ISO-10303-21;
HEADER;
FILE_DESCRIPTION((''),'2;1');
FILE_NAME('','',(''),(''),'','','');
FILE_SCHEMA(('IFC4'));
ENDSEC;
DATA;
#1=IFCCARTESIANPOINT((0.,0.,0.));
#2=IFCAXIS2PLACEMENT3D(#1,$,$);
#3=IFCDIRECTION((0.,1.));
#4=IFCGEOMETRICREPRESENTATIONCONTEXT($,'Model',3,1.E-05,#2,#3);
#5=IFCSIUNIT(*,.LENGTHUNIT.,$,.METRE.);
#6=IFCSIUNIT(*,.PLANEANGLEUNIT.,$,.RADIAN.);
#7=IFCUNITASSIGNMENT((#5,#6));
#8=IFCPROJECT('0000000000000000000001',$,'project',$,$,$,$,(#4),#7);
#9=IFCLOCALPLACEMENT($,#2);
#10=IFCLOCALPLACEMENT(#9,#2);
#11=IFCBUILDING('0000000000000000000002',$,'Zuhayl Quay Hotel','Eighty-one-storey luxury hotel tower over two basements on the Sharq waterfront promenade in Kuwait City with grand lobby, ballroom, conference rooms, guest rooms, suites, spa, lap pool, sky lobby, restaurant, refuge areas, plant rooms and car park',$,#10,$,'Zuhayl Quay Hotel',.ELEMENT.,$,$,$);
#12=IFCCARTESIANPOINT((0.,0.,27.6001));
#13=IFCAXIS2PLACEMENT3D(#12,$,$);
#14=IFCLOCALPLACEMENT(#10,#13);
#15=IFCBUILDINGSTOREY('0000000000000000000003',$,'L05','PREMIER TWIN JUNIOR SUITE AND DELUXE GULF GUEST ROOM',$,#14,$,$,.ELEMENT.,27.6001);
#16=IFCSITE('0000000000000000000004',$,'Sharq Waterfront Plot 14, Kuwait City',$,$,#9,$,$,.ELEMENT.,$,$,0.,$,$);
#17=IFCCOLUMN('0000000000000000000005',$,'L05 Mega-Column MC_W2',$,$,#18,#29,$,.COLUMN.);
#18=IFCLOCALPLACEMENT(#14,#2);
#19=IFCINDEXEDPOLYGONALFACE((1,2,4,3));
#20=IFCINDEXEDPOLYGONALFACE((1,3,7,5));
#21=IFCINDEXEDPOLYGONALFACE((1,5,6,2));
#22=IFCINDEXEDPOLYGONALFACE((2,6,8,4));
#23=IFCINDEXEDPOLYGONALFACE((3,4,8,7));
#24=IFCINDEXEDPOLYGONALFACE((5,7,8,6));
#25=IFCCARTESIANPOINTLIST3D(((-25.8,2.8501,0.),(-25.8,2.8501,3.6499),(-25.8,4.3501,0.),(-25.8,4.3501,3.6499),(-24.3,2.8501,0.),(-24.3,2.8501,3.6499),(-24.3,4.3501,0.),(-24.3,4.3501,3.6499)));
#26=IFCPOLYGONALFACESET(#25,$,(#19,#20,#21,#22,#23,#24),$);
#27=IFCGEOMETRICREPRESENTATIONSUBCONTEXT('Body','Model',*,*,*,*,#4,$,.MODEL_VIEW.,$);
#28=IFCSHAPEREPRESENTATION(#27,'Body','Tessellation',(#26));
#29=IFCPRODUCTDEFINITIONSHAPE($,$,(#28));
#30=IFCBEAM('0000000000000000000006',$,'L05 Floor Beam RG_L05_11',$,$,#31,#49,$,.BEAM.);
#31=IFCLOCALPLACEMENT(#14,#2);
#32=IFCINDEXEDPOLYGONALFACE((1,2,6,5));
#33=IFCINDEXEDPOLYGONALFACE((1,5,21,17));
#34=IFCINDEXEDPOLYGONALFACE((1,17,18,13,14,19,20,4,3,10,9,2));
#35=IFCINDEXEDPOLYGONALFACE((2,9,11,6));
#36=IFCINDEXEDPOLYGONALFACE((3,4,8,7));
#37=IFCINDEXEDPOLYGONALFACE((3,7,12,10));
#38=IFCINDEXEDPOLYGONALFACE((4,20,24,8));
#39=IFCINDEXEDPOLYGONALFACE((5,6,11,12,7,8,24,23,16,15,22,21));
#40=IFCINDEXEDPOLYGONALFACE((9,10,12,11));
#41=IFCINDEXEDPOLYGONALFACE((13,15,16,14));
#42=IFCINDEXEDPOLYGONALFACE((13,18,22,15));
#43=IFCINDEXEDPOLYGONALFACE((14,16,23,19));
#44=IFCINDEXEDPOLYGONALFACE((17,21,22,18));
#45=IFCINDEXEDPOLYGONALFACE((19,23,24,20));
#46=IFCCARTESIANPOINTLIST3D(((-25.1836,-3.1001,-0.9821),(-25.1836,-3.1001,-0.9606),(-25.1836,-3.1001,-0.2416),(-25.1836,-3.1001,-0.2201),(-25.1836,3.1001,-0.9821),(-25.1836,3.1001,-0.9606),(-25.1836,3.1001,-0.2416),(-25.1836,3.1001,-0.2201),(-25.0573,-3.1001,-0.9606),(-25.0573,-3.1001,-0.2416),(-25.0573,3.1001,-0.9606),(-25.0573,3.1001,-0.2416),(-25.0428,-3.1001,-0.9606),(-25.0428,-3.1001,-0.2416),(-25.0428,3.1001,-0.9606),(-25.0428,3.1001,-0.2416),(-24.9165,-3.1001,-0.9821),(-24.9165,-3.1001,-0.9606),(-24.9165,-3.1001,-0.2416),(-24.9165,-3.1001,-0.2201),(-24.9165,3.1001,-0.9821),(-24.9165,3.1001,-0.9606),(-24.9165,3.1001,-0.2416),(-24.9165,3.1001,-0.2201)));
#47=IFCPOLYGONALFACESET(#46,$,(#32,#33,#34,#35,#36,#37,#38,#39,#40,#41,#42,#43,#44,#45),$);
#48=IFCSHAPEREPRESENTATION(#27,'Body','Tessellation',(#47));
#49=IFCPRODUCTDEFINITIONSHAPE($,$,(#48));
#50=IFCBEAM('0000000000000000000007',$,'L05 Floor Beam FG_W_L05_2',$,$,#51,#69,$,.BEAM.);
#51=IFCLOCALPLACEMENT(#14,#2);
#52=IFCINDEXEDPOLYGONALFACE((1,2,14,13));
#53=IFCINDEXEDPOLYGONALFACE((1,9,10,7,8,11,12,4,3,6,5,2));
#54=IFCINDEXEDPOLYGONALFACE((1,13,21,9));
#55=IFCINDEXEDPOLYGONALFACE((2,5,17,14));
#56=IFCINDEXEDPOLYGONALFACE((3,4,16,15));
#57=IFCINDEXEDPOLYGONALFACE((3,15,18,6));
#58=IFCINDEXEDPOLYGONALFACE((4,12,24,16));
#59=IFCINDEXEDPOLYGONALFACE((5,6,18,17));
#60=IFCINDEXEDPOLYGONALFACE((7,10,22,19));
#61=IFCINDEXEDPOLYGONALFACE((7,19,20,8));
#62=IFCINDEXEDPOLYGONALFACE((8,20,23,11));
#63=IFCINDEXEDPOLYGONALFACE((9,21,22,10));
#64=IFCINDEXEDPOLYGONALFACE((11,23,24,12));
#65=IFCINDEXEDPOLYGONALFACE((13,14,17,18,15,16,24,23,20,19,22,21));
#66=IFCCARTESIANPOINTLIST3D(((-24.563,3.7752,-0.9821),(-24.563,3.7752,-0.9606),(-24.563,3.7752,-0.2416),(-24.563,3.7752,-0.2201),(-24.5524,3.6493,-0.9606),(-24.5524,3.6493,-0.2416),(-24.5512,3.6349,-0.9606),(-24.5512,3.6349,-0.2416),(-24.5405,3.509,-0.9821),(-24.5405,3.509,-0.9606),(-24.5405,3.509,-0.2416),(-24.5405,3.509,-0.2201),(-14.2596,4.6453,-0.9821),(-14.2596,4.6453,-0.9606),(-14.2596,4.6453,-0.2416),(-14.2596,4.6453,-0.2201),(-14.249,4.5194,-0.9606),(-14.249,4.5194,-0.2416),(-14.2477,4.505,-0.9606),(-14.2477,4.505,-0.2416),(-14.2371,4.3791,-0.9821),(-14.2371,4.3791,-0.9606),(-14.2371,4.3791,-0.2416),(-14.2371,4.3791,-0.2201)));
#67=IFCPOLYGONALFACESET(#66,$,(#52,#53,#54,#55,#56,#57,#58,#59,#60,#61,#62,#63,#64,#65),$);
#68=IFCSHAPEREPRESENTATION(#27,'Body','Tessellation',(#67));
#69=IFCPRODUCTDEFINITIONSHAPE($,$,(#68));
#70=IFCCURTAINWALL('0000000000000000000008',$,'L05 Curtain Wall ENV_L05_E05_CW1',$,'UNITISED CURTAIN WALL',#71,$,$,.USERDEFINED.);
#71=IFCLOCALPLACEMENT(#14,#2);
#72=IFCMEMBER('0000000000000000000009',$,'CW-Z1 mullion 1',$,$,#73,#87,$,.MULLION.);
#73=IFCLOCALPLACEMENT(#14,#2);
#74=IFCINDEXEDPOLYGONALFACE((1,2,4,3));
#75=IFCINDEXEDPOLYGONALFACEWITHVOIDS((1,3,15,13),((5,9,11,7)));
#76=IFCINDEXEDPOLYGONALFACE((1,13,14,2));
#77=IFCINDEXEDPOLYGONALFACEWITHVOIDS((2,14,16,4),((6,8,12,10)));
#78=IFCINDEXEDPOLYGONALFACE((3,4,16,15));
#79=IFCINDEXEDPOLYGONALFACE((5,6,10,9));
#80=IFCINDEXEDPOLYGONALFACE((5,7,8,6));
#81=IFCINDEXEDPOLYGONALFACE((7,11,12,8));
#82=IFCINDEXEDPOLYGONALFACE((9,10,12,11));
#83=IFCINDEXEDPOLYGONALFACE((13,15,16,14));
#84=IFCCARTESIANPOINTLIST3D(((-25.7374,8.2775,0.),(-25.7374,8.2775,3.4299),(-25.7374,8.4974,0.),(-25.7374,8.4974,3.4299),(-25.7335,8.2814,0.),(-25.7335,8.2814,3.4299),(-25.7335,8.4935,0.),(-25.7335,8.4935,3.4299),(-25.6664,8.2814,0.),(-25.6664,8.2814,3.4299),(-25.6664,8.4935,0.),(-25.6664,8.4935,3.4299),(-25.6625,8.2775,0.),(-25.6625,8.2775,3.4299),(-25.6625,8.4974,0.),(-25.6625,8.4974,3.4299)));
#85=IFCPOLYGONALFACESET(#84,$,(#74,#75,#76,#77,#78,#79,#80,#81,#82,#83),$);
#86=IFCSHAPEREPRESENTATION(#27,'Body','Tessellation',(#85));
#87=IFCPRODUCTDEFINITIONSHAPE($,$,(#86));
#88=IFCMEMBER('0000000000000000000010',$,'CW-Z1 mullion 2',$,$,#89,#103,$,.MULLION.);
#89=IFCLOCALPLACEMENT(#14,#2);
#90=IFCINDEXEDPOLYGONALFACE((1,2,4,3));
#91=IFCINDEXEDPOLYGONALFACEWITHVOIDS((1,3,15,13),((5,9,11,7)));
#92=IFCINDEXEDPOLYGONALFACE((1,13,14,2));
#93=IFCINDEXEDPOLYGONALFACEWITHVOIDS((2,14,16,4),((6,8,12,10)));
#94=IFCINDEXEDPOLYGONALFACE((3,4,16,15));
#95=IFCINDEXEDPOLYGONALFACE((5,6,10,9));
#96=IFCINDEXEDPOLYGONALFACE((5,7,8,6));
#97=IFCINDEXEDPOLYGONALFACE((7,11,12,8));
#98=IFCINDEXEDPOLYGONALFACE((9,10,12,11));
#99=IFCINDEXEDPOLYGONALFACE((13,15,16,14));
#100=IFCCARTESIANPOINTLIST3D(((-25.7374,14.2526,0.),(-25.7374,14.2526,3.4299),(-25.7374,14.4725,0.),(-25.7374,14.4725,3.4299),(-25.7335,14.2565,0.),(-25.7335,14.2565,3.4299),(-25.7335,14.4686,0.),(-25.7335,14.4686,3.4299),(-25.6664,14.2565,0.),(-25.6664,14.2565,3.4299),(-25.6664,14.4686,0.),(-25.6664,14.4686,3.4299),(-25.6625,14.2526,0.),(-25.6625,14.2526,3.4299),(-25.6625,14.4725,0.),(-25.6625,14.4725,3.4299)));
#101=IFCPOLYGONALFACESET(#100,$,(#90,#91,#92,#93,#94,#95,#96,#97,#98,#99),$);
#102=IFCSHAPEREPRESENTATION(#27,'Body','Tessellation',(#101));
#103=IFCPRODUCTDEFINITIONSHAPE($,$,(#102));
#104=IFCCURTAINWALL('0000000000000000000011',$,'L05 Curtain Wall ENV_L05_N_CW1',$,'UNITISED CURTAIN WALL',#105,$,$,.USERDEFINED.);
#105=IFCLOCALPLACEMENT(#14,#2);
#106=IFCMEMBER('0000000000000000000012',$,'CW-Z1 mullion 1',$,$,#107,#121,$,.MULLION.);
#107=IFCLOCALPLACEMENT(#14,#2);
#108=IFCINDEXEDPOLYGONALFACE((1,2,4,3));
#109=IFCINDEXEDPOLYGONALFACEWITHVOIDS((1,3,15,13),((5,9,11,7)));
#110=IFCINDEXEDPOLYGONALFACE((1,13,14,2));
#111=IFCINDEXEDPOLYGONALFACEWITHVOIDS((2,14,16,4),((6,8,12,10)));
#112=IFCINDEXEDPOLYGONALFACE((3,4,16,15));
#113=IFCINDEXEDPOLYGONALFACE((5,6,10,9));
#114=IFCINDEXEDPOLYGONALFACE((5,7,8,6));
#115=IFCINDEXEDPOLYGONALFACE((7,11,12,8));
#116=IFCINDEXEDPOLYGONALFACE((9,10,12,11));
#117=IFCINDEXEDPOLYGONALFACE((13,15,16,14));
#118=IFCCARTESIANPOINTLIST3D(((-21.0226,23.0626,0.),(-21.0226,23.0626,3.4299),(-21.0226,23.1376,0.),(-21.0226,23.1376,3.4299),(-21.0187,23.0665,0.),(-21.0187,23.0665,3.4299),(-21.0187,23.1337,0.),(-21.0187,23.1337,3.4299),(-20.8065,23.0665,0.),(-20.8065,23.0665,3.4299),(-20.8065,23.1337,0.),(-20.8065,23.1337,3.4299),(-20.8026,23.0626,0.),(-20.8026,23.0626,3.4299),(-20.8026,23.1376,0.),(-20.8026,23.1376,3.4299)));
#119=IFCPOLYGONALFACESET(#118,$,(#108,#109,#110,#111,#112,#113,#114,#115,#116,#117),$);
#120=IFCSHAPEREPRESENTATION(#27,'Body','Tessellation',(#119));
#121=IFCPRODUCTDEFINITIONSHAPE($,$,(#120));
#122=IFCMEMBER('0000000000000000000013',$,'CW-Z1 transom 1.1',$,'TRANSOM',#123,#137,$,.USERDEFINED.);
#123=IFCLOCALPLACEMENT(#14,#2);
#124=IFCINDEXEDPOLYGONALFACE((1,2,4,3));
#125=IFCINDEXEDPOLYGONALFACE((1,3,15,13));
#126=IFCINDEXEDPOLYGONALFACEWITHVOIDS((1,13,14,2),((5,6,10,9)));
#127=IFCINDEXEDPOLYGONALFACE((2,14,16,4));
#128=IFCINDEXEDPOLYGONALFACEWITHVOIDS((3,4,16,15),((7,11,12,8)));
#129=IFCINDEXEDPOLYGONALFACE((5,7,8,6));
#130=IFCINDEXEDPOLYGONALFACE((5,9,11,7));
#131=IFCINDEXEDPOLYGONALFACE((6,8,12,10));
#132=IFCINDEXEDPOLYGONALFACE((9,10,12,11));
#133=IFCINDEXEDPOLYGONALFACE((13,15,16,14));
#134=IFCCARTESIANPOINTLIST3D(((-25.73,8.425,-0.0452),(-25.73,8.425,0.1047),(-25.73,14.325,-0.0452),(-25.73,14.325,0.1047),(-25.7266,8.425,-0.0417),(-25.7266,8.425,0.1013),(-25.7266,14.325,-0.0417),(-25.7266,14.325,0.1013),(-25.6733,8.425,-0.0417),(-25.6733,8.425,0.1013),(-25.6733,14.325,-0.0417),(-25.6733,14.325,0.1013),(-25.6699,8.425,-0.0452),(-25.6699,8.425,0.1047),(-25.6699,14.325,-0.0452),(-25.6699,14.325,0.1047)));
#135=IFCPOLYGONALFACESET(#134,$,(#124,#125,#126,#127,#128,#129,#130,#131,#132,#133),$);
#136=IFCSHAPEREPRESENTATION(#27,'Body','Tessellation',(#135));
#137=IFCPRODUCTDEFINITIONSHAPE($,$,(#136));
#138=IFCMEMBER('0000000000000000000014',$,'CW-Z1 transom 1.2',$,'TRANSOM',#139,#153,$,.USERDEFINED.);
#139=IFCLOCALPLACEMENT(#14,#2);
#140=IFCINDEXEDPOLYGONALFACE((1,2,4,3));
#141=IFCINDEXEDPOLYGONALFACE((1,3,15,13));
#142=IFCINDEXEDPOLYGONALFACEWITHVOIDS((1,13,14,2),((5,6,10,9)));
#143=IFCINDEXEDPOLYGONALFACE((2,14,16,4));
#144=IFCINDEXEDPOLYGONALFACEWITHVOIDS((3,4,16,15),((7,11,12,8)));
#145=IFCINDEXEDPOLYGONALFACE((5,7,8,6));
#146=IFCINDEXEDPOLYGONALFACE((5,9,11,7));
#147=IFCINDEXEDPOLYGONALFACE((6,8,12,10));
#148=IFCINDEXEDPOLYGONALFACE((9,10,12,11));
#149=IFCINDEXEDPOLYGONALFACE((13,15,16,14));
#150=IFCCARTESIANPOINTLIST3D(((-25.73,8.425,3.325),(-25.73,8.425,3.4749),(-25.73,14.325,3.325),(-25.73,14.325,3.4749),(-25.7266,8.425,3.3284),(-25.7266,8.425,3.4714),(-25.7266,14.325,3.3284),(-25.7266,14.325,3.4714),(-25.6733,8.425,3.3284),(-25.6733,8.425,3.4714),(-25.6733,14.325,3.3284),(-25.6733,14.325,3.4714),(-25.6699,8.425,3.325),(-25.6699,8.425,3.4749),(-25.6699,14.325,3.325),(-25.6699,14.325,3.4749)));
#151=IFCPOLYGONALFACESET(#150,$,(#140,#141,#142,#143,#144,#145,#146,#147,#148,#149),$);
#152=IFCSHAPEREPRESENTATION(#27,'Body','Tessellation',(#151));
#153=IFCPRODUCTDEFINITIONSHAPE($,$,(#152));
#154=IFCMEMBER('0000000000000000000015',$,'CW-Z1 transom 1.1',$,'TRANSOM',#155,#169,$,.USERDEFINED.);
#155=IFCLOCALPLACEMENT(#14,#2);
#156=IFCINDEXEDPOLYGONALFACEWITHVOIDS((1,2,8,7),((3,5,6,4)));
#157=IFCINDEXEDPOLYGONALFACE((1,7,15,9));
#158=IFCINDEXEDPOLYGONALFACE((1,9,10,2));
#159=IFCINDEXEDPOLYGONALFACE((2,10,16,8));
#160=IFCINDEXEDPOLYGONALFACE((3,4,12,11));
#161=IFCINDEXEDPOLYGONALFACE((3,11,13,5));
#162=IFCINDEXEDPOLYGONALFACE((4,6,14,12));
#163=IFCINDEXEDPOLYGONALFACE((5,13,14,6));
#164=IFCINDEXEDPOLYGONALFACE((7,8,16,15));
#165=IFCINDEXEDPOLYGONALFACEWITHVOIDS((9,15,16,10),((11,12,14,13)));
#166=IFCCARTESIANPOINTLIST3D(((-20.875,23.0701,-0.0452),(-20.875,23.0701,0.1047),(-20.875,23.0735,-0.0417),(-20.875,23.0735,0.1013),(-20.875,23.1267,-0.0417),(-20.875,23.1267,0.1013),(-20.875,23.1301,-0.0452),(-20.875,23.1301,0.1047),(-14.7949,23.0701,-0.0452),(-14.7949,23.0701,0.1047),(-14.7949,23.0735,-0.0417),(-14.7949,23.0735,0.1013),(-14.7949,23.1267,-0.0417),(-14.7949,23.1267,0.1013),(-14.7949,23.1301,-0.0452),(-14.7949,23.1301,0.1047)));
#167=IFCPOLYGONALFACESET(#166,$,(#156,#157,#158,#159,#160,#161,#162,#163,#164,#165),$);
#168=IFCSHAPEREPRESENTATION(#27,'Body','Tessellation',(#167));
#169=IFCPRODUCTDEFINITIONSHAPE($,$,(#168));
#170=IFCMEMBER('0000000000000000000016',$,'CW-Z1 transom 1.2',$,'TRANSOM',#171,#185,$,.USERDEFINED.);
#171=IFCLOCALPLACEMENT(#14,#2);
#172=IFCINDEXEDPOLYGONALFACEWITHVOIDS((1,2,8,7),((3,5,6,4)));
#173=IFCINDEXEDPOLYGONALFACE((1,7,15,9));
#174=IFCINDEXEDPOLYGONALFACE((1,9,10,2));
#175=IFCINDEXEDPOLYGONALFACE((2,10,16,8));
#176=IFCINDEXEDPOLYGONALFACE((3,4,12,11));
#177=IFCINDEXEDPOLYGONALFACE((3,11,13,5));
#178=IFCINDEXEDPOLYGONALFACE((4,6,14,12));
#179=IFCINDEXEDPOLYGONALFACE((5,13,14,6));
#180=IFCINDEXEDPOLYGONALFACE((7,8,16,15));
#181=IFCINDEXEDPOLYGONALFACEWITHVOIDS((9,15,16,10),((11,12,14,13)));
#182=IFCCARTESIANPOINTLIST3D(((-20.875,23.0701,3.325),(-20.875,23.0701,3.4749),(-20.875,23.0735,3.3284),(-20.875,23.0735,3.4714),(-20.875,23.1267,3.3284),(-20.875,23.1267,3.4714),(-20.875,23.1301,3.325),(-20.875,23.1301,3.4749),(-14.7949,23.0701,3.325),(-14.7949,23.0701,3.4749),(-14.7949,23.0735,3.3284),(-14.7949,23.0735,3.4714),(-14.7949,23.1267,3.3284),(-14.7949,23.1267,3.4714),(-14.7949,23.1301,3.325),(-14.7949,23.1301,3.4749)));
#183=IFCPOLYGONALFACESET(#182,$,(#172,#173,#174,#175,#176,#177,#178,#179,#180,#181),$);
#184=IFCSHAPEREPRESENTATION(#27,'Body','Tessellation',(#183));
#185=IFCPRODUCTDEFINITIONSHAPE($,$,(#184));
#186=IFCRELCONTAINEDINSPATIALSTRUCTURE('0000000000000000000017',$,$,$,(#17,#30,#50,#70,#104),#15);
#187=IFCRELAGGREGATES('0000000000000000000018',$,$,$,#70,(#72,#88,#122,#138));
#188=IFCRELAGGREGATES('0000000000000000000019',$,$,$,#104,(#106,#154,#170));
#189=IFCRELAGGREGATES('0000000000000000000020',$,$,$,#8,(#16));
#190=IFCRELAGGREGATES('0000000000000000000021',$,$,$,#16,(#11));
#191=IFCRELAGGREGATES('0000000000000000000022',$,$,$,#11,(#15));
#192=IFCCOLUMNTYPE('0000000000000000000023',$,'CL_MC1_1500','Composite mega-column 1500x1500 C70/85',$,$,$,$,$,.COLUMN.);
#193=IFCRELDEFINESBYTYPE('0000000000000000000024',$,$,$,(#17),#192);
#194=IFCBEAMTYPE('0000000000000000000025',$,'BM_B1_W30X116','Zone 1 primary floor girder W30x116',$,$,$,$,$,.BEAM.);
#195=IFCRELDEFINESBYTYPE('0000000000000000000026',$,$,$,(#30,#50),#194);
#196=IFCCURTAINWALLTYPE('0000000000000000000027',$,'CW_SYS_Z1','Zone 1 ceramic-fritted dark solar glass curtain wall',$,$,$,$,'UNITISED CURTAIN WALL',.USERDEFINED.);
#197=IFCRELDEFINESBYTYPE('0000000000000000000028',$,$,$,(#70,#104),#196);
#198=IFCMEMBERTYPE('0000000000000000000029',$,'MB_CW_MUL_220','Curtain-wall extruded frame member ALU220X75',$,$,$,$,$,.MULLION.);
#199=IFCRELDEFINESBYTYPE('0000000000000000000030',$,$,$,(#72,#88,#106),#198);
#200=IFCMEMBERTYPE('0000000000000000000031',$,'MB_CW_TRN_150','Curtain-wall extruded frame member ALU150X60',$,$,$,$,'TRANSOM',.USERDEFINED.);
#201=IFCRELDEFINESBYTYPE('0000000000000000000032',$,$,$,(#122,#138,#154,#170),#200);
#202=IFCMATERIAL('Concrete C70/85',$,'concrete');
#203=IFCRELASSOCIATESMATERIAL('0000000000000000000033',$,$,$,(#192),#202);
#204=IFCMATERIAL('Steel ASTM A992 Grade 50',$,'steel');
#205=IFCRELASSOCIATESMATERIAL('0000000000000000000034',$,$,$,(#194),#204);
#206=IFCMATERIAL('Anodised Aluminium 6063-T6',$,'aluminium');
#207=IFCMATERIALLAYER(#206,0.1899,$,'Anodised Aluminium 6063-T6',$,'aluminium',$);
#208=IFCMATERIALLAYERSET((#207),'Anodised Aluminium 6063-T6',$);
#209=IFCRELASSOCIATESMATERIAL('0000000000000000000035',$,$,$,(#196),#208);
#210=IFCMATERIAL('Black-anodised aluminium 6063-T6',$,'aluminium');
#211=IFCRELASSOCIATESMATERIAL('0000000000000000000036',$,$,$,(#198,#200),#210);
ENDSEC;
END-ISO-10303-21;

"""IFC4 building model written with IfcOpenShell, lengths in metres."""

from ifc_helpers import new_model, si_unit, direction, frame, origin, origin_2d, place, context, subcontext, project, spatial, rectangle, hollow_rectangle, i_section, extrude, material, layer, layer_set, material_profile, profile_set, type_object, element, aggregate, save


model = new_model("IFC4")

# Units and contexts
model_context = context("Model", 3, precision=1e-05, world=origin(), true_north=direction((0.0, 1.0)))
body_context = subcontext(model_context, "Body", "Model", "MODEL_VIEW")
ifc_project = project(units=[si_unit("LENGTHUNIT", "METRE"), si_unit("PLANEANGLEUNIT", "RADIAN")], contexts=[model_context])

# Site, building, storey
site_placement = place(None, origin())
site = spatial("IfcSite", under=ifc_project, at=site_placement, Name="Sharq Waterfront Plot 14, Kuwait City", CompositionType="ELEMENT", RefElevation=0.0)
building_placement = place(site_placement, origin())
building = spatial("IfcBuilding", under=site, at=building_placement, Name="Zuhayl Quay Hotel", Description="Eighty-one-storey luxury hotel tower over two basements on the Sharq waterfront promenade in Kuwait City with grand lobby, ballroom, conference rooms, guest rooms, suites, spa, lap pool, sky lobby, restaurant, refuge areas, plant rooms and car park", LongName="Zuhayl Quay Hotel", CompositionType="ELEMENT")
storey_placement = place(building_placement, frame((0.0, 0.0, 27.6001)))
storey = spatial("IfcBuildingStorey", under=building, at=storey_placement, Name="L05", Description="PREMIER TWIN JUNIOR SUITE AND DELUXE GULF GUEST ROOM", CompositionType="ELEMENT", Elevation=27.6001)

# Column
ifc_material_1 = material(Name="Concrete C70/85", Category="concrete")
ifc_material_profile_1 = material_profile(ifc_material_1, rectangle(XDim=1.5, YDim=1.5, at=origin_2d()), Name="RC1500X1500")
ifc_profile_set_1 = profile_set([ifc_material_profile_1], Name="Concrete C70/85")
column_type = type_object("IfcColumnType", Name="CL_MC1_1500", Description="Composite mega-column 1500x1500 C70/85", PredefinedType="COLUMN", material=ifc_profile_set_1)
column_placement = place(storey_placement, frame((-25.05, 3.6001, 0.0), z_axis=(0.0, 0.0, 1.0), x_axis=(1.0, 0.0, 0.0)))
element("IfcColumn", 1, at=column_placement, inside=storey, type_object=column_type, Name="L05 Mega-Column MC_W2", PredefinedType="COLUMN", context=body_context, shape_type="SweptSolid", body=[
    extrude(rectangle(XDim=1.5, YDim=1.5, at=origin_2d()), origin(), (0.0, 0.0, 1.0), 3.6499),
])

# Beams
ifc_material_2 = material(Name="Steel ASTM A992 Grade 50", Category="steel")
ifc_material_profile_2 = material_profile(ifc_material_2, i_section(OverallWidth=0.2671, OverallDepth=0.762, WebThickness=0.0144, FlangeThickness=0.0215, at=origin_2d()), Name="W30X116")
ifc_profile_set_2 = profile_set([ifc_material_profile_2], Name="Steel ASTM A992 Grade 50")
beam_type = type_object("IfcBeamType", Name="BM_B1_W30X116", Description="Zone 1 primary floor girder W30x116", PredefinedType="BEAM", material=ifc_profile_set_2)
beam_1_placement = place(storey_placement, frame((-25.05, 3.1001, -0.6011), z_axis=(0.0, -1.0, 0.0), x_axis=(1.0, 0.0, 0.0)))
element("IfcBeam", 2, at=beam_1_placement, inside=storey, type_object=beam_type, Name="L05 Floor Beam RG_L05_11", PredefinedType="BEAM", context=body_context, shape_type="SweptSolid", body=[
    extrude(i_section(OverallWidth=0.2671, OverallDepth=0.762, WebThickness=0.0144, FlangeThickness=0.0215, at=origin_2d()), origin(), (0.0, 0.0, 1.0), 6.2002),
])
beam_2_placement = place(storey_placement, frame((-24.5518, 3.6421, -0.6011), z_axis=(0.996453, 0.084149, 0.0), x_axis=(-0.084149, 0.996453, 0.0)))
element("IfcBeam", 3, at=beam_2_placement, inside=storey, type_object=beam_type, Name="L05 Floor Beam FG_W_L05_2", PredefinedType="BEAM", context=body_context, shape_type="SweptSolid", body=[
    extrude(i_section(OverallWidth=0.2671, OverallDepth=0.762, WebThickness=0.0144, FlangeThickness=0.0215, at=origin_2d()), origin(), (0.0, 0.0, 1.0), 10.3401),
])

# Curtain wall, members
ifc_material_3 = material(Name="Anodised Aluminium 6063-T6", Category="aluminium")
ifc_layer_1 = layer(ifc_material_3, 0.1899, Name="Anodised Aluminium 6063-T6", Category="aluminium")
ifc_layer_set_1 = layer_set([ifc_layer_1], Name="Anodised Aluminium 6063-T6")
curtain_wall_type = type_object("IfcCurtainWallType", Name="CW_SYS_Z1", Description="Zone 1 ceramic-fritted dark solar glass curtain wall", ElementType="UNITISED CURTAIN WALL", PredefinedType="USERDEFINED", material=ifc_layer_set_1)
curtain_wall_1_placement = place(storey_placement, origin())
curtain_wall_1 = element("IfcCurtainWall", 4, at=curtain_wall_1_placement, inside=storey, type_object=curtain_wall_type, Name="L05 Curtain Wall ENV_L05_E05_CW1", ObjectType="UNITISED CURTAIN WALL", PredefinedType="USERDEFINED")
ifc_material_4 = material(Name="Black-anodised aluminium 6063-T6", Category="aluminium")
ifc_material_profile_3 = material_profile(ifc_material_4, hollow_rectangle(XDim=0.075, YDim=0.22, WallThickness=0.0039, at=origin_2d()), Name="ALU220X75")
ifc_profile_set_3 = profile_set([ifc_material_profile_3], Name="Black-anodised aluminium 6063-T6")
member_type_1 = type_object("IfcMemberType", Name="MB_CW_MUL_220", Description="Curtain-wall extruded frame member ALU220X75", PredefinedType="MULLION", material=ifc_profile_set_3)
member_1_placement = place(storey_placement, frame((-25.7, 8.3875, 0.0), z_axis=(0.0, 0.0, 1.0), x_axis=(-1.0, 0.0, 0.0)))
member_1 = element("IfcMember", 5, at=member_1_placement, type_object=member_type_1, Name="CW-Z1 mullion 1", PredefinedType="MULLION", context=body_context, shape_type="SweptSolid", body=[
    extrude(hollow_rectangle(XDim=0.075, YDim=0.22, WallThickness=0.0039, at=origin_2d()), origin(), (0.0, 0.0, 1.0), 3.4299),
])
member_2_placement = place(storey_placement, frame((-25.7, 14.3625, 0.0), z_axis=(0.0, 0.0, 1.0), x_axis=(-1.0, 0.0, 0.0)))
member_2 = element("IfcMember", 6, at=member_2_placement, type_object=member_type_1, Name="CW-Z1 mullion 2", PredefinedType="MULLION", context=body_context, shape_type="SweptSolid", body=[
    extrude(hollow_rectangle(XDim=0.075, YDim=0.22, WallThickness=0.0039, at=origin_2d()), origin(), (0.0, 0.0, 1.0), 3.4299),
])

# Curtain wall, member
curtain_wall_2_placement = place(storey_placement, origin())
curtain_wall_2 = element("IfcCurtainWall", 7, at=curtain_wall_2_placement, inside=storey, type_object=curtain_wall_type, Name="L05 Curtain Wall ENV_L05_N_CW1", ObjectType="UNITISED CURTAIN WALL", PredefinedType="USERDEFINED")
member_3_placement = place(storey_placement, frame((-20.9126, 23.1001, 0.0), z_axis=(0.0, 0.0, 1.0), x_axis=(0.0, 1.0, 0.0)))
member_3 = element("IfcMember", 8, at=member_3_placement, type_object=member_type_1, Name="CW-Z1 mullion 1", PredefinedType="MULLION", context=body_context, shape_type="SweptSolid", body=[
    extrude(hollow_rectangle(XDim=0.075, YDim=0.22, WallThickness=0.0039, at=origin_2d()), origin(), (0.0, 0.0, 1.0), 3.4299),
])

# Members
ifc_material_profile_4 = material_profile(ifc_material_4, hollow_rectangle(XDim=0.0601, YDim=0.1499, WallThickness=0.0034, at=origin_2d()), Name="ALU150X60")
ifc_profile_set_4 = profile_set([ifc_material_profile_4], Name="Black-anodised aluminium 6063-T6")
member_type_2 = type_object("IfcMemberType", Name="MB_CW_TRN_150", Description="Curtain-wall extruded frame member ALU150X60", ElementType="TRANSOM", PredefinedType="USERDEFINED", material=ifc_profile_set_4)
member_4_placement = place(storey_placement, frame((-25.7, 8.425, 0.0298), z_axis=(0.0, 1.0, 0.0), x_axis=(-1.0, 0.0, 0.0)))
member_4 = element("IfcMember", 9, at=member_4_placement, type_object=member_type_2, Name="CW-Z1 transom 1.1", ObjectType="TRANSOM", PredefinedType="USERDEFINED", context=body_context, shape_type="SweptSolid", body=[
    extrude(hollow_rectangle(XDim=0.0601, YDim=0.1499, WallThickness=0.0034, at=origin_2d()), origin(), (0.0, 0.0, 1.0), 5.8999),
])
member_5_placement = place(storey_placement, frame((-25.7, 8.425, 3.3999), z_axis=(0.0, 1.0, 0.0), x_axis=(-1.0, 0.0, 0.0)))
member_5 = element("IfcMember", 10, at=member_5_placement, type_object=member_type_2, Name="CW-Z1 transom 1.2", ObjectType="TRANSOM", PredefinedType="USERDEFINED", context=body_context, shape_type="SweptSolid", body=[
    extrude(hollow_rectangle(XDim=0.0601, YDim=0.1499, WallThickness=0.0034, at=origin_2d()), origin(), (0.0, 0.0, 1.0), 5.8999),
])
member_6_placement = place(storey_placement, frame((-20.875, 23.1001, 0.0298), z_axis=(1.0, 0.0, 0.0), x_axis=(0.0, 1.0, 0.0)))
member_6 = element("IfcMember", 11, at=member_6_placement, type_object=member_type_2, Name="CW-Z1 transom 1.1", ObjectType="TRANSOM", PredefinedType="USERDEFINED", context=body_context, shape_type="SweptSolid", body=[
    extrude(hollow_rectangle(XDim=0.0601, YDim=0.1499, WallThickness=0.0034, at=origin_2d()), origin(), (0.0, 0.0, 1.0), 6.0801),
])
member_7_placement = place(storey_placement, frame((-20.875, 23.1001, 3.3999), z_axis=(1.0, 0.0, 0.0), x_axis=(0.0, 1.0, 0.0)))
member_7 = element("IfcMember", 12, at=member_7_placement, type_object=member_type_2, Name="CW-Z1 transom 1.2", ObjectType="TRANSOM", PredefinedType="USERDEFINED", context=body_context, shape_type="SweptSolid", body=[
    extrude(hollow_rectangle(XDim=0.0601, YDim=0.1499, WallThickness=0.0034, at=origin_2d()), origin(), (0.0, 0.0, 1.0), 6.0801),
])

aggregate(curtain_wall_1, [member_1, member_2, member_4, member_5])
aggregate(curtain_wall_2, [member_3, member_6, member_7])

save(model, "model.ifc")
